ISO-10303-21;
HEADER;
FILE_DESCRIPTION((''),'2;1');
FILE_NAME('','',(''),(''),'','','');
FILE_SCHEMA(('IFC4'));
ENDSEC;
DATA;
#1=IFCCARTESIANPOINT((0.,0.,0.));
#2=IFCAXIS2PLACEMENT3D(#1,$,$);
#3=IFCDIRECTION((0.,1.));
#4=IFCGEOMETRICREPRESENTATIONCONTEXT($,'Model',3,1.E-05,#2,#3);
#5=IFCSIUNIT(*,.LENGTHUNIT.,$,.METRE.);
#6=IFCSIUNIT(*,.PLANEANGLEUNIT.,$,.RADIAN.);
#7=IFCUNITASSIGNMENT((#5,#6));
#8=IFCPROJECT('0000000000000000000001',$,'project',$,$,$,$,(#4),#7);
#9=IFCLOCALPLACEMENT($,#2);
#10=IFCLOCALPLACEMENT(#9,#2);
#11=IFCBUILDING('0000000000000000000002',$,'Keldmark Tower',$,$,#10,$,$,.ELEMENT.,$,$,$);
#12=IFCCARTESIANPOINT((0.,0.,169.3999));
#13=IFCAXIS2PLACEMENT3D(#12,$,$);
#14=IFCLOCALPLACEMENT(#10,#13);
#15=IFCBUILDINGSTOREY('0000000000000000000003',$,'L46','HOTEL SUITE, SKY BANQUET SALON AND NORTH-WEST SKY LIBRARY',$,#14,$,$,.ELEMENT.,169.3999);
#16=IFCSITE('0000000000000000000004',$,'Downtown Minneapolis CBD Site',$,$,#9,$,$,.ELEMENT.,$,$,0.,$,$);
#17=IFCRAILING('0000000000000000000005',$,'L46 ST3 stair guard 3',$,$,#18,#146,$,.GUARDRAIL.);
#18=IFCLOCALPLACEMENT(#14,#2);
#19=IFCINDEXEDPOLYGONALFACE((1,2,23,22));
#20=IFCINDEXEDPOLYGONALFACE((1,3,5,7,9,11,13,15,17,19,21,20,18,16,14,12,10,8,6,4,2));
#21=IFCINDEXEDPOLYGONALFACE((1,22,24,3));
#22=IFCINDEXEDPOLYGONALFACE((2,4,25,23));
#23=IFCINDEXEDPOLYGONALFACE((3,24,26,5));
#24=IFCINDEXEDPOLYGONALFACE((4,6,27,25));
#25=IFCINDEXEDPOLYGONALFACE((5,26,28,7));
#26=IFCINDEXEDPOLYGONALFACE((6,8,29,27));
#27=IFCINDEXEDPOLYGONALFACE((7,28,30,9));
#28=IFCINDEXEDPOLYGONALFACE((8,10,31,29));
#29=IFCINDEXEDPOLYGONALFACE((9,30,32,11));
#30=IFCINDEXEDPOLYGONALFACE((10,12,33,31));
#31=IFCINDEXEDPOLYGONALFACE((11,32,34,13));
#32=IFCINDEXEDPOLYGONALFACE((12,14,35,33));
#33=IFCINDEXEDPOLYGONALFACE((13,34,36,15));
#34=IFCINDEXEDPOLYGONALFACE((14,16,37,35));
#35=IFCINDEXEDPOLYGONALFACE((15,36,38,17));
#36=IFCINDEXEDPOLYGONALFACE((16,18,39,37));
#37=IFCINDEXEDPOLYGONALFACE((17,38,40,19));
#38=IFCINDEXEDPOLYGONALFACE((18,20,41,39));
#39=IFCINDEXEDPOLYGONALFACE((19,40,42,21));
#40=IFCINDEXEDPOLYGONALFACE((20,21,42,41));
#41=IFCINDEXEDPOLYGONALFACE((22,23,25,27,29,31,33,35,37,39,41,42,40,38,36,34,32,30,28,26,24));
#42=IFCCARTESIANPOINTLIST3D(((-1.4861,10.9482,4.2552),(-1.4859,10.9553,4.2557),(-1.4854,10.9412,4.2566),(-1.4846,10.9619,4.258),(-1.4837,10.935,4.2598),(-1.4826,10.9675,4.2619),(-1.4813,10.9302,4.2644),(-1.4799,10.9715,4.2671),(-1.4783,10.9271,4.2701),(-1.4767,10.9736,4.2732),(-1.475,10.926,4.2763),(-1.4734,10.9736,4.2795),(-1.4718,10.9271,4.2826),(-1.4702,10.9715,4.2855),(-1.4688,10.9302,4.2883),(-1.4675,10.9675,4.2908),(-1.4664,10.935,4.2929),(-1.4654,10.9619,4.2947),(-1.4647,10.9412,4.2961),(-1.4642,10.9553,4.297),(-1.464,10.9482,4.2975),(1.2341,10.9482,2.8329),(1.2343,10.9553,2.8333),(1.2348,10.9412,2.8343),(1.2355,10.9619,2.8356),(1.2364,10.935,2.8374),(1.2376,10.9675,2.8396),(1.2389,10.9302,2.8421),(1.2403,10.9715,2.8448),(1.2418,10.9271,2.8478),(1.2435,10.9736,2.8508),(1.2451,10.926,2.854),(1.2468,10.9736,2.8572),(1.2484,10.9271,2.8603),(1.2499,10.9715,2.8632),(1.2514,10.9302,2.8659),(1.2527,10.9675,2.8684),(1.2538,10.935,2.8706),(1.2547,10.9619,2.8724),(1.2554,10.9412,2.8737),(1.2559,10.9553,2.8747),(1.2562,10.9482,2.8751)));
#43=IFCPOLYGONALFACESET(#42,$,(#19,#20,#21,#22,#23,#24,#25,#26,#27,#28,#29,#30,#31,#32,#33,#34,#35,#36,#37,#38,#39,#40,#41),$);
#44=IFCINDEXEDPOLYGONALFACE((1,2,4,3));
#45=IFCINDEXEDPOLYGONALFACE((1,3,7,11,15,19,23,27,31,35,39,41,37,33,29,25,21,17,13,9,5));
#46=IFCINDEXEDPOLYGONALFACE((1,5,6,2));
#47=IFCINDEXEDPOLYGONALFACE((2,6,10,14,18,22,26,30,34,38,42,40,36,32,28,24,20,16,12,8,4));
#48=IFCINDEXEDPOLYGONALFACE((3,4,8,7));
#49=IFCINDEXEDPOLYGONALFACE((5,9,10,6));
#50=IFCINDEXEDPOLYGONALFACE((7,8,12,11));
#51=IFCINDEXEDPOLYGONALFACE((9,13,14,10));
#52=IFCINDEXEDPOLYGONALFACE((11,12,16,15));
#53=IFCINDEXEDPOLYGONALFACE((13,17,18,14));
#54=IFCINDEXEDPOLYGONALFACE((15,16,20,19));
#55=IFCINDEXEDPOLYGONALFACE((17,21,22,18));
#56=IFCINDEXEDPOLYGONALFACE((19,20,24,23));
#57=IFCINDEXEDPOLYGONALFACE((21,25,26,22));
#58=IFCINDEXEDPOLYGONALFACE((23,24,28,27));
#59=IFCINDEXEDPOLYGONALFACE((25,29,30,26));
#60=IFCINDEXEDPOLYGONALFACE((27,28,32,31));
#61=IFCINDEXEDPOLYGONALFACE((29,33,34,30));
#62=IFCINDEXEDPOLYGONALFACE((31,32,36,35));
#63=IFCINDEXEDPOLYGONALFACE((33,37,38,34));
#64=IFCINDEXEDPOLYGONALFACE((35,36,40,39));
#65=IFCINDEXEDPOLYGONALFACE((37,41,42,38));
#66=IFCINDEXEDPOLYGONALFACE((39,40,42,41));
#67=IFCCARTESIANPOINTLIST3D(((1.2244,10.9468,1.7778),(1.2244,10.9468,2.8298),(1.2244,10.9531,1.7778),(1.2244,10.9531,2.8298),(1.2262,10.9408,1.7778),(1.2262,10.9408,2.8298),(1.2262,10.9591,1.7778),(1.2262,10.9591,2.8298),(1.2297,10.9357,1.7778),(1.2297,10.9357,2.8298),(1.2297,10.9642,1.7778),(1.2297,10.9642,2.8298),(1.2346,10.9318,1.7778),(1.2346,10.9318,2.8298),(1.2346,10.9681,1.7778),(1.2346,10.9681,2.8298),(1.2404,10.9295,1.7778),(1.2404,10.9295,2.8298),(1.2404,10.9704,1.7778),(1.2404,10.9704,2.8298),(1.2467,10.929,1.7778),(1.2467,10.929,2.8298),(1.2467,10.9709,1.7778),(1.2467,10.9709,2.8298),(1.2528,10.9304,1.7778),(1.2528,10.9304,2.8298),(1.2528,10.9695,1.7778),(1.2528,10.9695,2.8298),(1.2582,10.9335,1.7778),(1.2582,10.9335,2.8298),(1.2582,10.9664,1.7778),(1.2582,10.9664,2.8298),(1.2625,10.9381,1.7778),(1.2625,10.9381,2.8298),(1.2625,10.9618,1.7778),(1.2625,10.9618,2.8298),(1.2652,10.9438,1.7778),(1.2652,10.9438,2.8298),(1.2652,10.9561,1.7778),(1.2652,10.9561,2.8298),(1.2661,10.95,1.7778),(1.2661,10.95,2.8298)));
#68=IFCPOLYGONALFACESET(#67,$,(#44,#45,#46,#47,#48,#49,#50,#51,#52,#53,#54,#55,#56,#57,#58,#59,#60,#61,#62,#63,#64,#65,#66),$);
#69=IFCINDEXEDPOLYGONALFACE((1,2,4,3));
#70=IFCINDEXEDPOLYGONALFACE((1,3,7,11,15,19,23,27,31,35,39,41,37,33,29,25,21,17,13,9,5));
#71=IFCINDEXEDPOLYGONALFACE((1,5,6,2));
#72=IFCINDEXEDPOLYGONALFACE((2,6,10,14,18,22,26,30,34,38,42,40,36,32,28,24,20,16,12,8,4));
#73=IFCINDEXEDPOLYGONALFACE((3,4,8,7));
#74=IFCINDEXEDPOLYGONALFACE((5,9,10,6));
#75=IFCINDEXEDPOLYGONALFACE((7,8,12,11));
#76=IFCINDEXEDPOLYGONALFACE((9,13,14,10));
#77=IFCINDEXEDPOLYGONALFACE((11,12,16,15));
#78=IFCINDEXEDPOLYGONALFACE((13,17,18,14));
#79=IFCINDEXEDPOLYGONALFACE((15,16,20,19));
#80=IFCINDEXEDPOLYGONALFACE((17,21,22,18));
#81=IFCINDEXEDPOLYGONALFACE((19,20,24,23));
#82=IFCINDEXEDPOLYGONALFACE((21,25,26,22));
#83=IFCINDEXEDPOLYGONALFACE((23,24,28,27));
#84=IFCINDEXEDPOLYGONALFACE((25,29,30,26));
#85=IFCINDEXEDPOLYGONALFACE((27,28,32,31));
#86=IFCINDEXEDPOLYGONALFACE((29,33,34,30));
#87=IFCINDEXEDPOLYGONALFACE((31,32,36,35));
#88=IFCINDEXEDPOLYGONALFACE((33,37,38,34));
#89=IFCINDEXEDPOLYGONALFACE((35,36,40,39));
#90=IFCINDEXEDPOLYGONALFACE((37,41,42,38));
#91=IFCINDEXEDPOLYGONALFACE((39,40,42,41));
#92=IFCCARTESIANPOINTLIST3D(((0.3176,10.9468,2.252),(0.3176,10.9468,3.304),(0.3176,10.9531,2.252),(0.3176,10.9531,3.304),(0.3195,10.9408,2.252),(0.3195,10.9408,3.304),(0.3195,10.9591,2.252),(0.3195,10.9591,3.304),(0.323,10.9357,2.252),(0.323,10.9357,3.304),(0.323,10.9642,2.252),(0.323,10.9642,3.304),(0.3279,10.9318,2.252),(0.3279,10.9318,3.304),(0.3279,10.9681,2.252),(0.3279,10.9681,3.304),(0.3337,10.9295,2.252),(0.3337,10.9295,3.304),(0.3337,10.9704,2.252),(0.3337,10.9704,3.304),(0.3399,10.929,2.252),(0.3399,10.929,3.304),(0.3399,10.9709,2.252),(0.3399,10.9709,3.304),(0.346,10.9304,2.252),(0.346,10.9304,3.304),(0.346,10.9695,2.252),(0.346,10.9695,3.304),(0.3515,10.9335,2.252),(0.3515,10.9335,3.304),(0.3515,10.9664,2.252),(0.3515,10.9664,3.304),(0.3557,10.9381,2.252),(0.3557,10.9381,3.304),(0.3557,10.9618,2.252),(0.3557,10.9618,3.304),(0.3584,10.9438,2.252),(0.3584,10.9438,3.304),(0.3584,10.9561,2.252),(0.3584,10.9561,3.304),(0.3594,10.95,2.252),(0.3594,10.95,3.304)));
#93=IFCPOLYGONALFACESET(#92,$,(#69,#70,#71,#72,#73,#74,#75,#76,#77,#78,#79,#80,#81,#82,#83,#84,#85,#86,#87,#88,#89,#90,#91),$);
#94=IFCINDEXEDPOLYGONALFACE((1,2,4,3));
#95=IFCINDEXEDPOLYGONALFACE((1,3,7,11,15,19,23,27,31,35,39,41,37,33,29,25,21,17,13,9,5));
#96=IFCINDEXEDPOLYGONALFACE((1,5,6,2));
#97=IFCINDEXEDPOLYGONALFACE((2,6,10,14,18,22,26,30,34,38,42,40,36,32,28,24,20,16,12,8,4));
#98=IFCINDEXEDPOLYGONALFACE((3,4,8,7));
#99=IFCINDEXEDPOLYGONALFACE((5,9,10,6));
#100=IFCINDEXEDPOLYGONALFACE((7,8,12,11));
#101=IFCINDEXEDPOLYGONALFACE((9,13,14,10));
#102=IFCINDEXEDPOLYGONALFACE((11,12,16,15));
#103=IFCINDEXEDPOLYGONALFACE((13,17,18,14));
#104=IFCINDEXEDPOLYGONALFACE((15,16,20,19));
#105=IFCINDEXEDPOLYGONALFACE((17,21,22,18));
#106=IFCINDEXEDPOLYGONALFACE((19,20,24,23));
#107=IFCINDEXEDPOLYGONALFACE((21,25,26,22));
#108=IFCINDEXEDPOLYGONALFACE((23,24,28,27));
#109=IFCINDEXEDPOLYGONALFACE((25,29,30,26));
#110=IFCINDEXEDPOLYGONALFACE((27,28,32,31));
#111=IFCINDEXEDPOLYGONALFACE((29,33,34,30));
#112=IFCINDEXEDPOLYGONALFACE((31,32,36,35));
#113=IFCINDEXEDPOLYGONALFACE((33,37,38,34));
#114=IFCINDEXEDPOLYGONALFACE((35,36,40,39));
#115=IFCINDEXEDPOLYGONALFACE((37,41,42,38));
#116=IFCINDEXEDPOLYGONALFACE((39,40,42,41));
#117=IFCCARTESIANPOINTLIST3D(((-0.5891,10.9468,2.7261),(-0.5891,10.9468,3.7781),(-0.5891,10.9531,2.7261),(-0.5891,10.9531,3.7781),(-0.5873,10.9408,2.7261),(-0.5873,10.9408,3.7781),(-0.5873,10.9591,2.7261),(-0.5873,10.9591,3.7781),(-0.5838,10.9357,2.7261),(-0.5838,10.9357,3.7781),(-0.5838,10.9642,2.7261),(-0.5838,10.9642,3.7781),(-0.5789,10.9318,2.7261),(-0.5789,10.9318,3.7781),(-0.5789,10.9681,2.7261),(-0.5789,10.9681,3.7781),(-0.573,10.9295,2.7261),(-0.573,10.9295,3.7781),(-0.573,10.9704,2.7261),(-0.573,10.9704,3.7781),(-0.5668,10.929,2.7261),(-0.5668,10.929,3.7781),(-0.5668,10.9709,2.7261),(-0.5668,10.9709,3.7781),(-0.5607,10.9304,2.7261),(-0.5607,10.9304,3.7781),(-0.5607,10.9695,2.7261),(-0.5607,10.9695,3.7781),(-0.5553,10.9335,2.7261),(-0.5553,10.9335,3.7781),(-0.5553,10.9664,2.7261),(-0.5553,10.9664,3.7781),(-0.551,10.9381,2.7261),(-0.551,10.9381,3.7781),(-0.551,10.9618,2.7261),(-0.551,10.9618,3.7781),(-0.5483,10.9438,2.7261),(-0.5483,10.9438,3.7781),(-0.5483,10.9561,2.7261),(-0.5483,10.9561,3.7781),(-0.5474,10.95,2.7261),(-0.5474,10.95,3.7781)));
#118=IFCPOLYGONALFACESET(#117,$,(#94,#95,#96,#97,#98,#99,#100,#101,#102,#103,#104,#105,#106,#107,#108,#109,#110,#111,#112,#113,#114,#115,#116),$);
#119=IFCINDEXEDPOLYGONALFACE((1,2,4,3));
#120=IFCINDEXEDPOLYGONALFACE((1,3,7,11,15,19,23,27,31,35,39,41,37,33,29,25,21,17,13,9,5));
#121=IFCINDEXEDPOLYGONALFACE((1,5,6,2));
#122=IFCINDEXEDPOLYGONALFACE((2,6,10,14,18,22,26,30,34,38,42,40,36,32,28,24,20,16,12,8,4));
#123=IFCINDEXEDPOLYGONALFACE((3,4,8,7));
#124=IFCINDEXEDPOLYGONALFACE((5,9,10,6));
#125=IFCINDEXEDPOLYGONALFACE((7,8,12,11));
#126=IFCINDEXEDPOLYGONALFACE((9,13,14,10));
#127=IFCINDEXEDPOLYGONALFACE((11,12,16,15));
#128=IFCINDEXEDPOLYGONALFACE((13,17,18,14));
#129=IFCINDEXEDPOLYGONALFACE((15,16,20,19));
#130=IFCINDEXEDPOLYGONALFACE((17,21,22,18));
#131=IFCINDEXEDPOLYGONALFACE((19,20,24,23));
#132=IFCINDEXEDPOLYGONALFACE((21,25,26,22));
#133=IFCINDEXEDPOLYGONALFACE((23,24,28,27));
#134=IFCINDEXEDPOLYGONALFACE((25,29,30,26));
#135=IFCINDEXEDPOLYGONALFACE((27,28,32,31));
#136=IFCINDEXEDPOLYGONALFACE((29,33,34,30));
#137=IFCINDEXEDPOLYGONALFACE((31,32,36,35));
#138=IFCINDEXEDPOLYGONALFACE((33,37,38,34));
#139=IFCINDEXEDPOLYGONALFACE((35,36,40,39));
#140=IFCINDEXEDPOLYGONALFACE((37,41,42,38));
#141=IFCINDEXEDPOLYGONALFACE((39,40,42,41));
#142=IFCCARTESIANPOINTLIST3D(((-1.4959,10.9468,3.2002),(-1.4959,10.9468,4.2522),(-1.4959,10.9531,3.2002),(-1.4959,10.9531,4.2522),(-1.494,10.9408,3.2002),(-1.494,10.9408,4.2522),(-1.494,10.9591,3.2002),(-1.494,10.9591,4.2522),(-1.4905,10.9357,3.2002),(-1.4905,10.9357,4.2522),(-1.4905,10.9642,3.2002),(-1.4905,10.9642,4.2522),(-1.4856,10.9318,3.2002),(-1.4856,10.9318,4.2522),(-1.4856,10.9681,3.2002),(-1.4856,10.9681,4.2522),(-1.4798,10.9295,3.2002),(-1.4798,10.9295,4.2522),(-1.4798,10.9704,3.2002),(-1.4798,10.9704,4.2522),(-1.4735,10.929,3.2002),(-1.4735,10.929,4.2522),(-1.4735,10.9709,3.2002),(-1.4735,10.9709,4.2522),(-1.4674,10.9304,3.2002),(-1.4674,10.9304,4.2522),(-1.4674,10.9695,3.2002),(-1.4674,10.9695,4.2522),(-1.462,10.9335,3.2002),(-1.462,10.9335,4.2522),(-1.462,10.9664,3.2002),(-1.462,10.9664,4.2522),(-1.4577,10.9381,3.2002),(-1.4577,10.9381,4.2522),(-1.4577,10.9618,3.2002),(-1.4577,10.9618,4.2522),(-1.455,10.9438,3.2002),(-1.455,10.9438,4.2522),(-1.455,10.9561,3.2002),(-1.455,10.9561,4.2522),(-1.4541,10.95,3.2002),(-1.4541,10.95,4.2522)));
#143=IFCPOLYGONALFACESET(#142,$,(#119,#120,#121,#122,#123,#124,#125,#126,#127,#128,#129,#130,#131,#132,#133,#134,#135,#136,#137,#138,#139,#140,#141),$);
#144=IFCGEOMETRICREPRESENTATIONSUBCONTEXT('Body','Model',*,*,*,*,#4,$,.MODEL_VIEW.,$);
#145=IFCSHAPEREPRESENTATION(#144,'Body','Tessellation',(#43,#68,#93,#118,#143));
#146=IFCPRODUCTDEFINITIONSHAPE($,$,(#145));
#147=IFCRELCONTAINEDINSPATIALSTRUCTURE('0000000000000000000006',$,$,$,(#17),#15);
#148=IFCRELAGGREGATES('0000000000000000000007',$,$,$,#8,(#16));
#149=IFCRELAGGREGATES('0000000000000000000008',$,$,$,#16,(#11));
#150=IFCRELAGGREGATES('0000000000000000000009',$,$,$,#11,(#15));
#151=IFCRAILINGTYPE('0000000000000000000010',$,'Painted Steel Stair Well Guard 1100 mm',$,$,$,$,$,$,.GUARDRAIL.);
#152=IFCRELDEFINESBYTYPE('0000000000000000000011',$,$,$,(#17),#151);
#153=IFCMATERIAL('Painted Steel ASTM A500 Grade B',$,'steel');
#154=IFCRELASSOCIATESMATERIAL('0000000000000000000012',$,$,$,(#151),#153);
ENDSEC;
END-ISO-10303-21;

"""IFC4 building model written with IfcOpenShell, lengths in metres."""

from ifc_helpers import new_model, si_unit, direction, frame, origin, origin_2d, place, context, subcontext, project, spatial, circle, extrude, material, type_object, element, save


model = new_model("IFC4")

# Units and contexts
model_context = context("Model", 3, precision=1e-05, world=origin(), true_north=direction((0.0, 1.0)))
body_context = subcontext(model_context, "Body", "Model", "MODEL_VIEW")
ifc_project = project(units=[si_unit("LENGTHUNIT", "METRE"), si_unit("PLANEANGLEUNIT", "RADIAN")], contexts=[model_context])

# Site, building, storey
site_placement = place(None, origin())
site = spatial("IfcSite", under=ifc_project, at=site_placement, Name="Downtown Minneapolis CBD Site", CompositionType="ELEMENT", RefElevation=0.0)
building_placement = place(site_placement, origin())
building = spatial("IfcBuilding", under=site, at=building_placement, Name="Keldmark Tower", CompositionType="ELEMENT")
storey_placement = place(building_placement, frame((0.0, 0.0, 169.3999)))
storey = spatial("IfcBuildingStorey", under=building, at=storey_placement, Name="L46", Description="HOTEL SUITE, SKY BANQUET SALON AND NORTH-WEST SKY LIBRARY", CompositionType="ELEMENT", Elevation=169.3999)

# Railing
ifc_material_1 = material(Name="Painted Steel ASTM A500 Grade B", Category="steel")
railing_type_1 = type_object("IfcRailingType", Name="Painted Steel Stair Well Guard 1100 mm", PredefinedType="GUARDRAIL", material=ifc_material_1)
railing_1_placement = place(storey_placement, frame((1.2451, 10.95, 1.7778)))
element("IfcRailing", 1, at=railing_1_placement, inside=storey, type_object=railing_type_1, Name="L46 ST3 stair guard 3", PredefinedType="GUARDRAIL", context=body_context, shape_type="SweptSolid", body=[
    extrude(circle(Radius=0.0239, at=origin_2d()), frame((0.0, 0.0, 1.0762), z_axis=(-0.886168, 0.0, 0.463365), x_axis=(0.0, -1.0, 0.0)), (0.0, 0.0, 1.0), 3.0696),
    extrude(circle(Radius=0.021, at=origin_2d()), origin(), (0.0, 0.0, 1.0), 1.052),
    extrude(circle(Radius=0.021, at=origin_2d()), frame((-0.9067, 0.0, 0.4741)), (0.0, 0.0, 1.0), 1.052),
    extrude(circle(Radius=0.021, at=origin_2d()), frame((-1.8135, 0.0, 0.9482)), (0.0, 0.0, 1.0), 1.052),
    extrude(circle(Radius=0.021, at=origin_2d()), frame((-2.7202, 0.0, 1.4224)), (0.0, 0.0, 1.0), 1.052),
])

save(model, "model.ifc")
